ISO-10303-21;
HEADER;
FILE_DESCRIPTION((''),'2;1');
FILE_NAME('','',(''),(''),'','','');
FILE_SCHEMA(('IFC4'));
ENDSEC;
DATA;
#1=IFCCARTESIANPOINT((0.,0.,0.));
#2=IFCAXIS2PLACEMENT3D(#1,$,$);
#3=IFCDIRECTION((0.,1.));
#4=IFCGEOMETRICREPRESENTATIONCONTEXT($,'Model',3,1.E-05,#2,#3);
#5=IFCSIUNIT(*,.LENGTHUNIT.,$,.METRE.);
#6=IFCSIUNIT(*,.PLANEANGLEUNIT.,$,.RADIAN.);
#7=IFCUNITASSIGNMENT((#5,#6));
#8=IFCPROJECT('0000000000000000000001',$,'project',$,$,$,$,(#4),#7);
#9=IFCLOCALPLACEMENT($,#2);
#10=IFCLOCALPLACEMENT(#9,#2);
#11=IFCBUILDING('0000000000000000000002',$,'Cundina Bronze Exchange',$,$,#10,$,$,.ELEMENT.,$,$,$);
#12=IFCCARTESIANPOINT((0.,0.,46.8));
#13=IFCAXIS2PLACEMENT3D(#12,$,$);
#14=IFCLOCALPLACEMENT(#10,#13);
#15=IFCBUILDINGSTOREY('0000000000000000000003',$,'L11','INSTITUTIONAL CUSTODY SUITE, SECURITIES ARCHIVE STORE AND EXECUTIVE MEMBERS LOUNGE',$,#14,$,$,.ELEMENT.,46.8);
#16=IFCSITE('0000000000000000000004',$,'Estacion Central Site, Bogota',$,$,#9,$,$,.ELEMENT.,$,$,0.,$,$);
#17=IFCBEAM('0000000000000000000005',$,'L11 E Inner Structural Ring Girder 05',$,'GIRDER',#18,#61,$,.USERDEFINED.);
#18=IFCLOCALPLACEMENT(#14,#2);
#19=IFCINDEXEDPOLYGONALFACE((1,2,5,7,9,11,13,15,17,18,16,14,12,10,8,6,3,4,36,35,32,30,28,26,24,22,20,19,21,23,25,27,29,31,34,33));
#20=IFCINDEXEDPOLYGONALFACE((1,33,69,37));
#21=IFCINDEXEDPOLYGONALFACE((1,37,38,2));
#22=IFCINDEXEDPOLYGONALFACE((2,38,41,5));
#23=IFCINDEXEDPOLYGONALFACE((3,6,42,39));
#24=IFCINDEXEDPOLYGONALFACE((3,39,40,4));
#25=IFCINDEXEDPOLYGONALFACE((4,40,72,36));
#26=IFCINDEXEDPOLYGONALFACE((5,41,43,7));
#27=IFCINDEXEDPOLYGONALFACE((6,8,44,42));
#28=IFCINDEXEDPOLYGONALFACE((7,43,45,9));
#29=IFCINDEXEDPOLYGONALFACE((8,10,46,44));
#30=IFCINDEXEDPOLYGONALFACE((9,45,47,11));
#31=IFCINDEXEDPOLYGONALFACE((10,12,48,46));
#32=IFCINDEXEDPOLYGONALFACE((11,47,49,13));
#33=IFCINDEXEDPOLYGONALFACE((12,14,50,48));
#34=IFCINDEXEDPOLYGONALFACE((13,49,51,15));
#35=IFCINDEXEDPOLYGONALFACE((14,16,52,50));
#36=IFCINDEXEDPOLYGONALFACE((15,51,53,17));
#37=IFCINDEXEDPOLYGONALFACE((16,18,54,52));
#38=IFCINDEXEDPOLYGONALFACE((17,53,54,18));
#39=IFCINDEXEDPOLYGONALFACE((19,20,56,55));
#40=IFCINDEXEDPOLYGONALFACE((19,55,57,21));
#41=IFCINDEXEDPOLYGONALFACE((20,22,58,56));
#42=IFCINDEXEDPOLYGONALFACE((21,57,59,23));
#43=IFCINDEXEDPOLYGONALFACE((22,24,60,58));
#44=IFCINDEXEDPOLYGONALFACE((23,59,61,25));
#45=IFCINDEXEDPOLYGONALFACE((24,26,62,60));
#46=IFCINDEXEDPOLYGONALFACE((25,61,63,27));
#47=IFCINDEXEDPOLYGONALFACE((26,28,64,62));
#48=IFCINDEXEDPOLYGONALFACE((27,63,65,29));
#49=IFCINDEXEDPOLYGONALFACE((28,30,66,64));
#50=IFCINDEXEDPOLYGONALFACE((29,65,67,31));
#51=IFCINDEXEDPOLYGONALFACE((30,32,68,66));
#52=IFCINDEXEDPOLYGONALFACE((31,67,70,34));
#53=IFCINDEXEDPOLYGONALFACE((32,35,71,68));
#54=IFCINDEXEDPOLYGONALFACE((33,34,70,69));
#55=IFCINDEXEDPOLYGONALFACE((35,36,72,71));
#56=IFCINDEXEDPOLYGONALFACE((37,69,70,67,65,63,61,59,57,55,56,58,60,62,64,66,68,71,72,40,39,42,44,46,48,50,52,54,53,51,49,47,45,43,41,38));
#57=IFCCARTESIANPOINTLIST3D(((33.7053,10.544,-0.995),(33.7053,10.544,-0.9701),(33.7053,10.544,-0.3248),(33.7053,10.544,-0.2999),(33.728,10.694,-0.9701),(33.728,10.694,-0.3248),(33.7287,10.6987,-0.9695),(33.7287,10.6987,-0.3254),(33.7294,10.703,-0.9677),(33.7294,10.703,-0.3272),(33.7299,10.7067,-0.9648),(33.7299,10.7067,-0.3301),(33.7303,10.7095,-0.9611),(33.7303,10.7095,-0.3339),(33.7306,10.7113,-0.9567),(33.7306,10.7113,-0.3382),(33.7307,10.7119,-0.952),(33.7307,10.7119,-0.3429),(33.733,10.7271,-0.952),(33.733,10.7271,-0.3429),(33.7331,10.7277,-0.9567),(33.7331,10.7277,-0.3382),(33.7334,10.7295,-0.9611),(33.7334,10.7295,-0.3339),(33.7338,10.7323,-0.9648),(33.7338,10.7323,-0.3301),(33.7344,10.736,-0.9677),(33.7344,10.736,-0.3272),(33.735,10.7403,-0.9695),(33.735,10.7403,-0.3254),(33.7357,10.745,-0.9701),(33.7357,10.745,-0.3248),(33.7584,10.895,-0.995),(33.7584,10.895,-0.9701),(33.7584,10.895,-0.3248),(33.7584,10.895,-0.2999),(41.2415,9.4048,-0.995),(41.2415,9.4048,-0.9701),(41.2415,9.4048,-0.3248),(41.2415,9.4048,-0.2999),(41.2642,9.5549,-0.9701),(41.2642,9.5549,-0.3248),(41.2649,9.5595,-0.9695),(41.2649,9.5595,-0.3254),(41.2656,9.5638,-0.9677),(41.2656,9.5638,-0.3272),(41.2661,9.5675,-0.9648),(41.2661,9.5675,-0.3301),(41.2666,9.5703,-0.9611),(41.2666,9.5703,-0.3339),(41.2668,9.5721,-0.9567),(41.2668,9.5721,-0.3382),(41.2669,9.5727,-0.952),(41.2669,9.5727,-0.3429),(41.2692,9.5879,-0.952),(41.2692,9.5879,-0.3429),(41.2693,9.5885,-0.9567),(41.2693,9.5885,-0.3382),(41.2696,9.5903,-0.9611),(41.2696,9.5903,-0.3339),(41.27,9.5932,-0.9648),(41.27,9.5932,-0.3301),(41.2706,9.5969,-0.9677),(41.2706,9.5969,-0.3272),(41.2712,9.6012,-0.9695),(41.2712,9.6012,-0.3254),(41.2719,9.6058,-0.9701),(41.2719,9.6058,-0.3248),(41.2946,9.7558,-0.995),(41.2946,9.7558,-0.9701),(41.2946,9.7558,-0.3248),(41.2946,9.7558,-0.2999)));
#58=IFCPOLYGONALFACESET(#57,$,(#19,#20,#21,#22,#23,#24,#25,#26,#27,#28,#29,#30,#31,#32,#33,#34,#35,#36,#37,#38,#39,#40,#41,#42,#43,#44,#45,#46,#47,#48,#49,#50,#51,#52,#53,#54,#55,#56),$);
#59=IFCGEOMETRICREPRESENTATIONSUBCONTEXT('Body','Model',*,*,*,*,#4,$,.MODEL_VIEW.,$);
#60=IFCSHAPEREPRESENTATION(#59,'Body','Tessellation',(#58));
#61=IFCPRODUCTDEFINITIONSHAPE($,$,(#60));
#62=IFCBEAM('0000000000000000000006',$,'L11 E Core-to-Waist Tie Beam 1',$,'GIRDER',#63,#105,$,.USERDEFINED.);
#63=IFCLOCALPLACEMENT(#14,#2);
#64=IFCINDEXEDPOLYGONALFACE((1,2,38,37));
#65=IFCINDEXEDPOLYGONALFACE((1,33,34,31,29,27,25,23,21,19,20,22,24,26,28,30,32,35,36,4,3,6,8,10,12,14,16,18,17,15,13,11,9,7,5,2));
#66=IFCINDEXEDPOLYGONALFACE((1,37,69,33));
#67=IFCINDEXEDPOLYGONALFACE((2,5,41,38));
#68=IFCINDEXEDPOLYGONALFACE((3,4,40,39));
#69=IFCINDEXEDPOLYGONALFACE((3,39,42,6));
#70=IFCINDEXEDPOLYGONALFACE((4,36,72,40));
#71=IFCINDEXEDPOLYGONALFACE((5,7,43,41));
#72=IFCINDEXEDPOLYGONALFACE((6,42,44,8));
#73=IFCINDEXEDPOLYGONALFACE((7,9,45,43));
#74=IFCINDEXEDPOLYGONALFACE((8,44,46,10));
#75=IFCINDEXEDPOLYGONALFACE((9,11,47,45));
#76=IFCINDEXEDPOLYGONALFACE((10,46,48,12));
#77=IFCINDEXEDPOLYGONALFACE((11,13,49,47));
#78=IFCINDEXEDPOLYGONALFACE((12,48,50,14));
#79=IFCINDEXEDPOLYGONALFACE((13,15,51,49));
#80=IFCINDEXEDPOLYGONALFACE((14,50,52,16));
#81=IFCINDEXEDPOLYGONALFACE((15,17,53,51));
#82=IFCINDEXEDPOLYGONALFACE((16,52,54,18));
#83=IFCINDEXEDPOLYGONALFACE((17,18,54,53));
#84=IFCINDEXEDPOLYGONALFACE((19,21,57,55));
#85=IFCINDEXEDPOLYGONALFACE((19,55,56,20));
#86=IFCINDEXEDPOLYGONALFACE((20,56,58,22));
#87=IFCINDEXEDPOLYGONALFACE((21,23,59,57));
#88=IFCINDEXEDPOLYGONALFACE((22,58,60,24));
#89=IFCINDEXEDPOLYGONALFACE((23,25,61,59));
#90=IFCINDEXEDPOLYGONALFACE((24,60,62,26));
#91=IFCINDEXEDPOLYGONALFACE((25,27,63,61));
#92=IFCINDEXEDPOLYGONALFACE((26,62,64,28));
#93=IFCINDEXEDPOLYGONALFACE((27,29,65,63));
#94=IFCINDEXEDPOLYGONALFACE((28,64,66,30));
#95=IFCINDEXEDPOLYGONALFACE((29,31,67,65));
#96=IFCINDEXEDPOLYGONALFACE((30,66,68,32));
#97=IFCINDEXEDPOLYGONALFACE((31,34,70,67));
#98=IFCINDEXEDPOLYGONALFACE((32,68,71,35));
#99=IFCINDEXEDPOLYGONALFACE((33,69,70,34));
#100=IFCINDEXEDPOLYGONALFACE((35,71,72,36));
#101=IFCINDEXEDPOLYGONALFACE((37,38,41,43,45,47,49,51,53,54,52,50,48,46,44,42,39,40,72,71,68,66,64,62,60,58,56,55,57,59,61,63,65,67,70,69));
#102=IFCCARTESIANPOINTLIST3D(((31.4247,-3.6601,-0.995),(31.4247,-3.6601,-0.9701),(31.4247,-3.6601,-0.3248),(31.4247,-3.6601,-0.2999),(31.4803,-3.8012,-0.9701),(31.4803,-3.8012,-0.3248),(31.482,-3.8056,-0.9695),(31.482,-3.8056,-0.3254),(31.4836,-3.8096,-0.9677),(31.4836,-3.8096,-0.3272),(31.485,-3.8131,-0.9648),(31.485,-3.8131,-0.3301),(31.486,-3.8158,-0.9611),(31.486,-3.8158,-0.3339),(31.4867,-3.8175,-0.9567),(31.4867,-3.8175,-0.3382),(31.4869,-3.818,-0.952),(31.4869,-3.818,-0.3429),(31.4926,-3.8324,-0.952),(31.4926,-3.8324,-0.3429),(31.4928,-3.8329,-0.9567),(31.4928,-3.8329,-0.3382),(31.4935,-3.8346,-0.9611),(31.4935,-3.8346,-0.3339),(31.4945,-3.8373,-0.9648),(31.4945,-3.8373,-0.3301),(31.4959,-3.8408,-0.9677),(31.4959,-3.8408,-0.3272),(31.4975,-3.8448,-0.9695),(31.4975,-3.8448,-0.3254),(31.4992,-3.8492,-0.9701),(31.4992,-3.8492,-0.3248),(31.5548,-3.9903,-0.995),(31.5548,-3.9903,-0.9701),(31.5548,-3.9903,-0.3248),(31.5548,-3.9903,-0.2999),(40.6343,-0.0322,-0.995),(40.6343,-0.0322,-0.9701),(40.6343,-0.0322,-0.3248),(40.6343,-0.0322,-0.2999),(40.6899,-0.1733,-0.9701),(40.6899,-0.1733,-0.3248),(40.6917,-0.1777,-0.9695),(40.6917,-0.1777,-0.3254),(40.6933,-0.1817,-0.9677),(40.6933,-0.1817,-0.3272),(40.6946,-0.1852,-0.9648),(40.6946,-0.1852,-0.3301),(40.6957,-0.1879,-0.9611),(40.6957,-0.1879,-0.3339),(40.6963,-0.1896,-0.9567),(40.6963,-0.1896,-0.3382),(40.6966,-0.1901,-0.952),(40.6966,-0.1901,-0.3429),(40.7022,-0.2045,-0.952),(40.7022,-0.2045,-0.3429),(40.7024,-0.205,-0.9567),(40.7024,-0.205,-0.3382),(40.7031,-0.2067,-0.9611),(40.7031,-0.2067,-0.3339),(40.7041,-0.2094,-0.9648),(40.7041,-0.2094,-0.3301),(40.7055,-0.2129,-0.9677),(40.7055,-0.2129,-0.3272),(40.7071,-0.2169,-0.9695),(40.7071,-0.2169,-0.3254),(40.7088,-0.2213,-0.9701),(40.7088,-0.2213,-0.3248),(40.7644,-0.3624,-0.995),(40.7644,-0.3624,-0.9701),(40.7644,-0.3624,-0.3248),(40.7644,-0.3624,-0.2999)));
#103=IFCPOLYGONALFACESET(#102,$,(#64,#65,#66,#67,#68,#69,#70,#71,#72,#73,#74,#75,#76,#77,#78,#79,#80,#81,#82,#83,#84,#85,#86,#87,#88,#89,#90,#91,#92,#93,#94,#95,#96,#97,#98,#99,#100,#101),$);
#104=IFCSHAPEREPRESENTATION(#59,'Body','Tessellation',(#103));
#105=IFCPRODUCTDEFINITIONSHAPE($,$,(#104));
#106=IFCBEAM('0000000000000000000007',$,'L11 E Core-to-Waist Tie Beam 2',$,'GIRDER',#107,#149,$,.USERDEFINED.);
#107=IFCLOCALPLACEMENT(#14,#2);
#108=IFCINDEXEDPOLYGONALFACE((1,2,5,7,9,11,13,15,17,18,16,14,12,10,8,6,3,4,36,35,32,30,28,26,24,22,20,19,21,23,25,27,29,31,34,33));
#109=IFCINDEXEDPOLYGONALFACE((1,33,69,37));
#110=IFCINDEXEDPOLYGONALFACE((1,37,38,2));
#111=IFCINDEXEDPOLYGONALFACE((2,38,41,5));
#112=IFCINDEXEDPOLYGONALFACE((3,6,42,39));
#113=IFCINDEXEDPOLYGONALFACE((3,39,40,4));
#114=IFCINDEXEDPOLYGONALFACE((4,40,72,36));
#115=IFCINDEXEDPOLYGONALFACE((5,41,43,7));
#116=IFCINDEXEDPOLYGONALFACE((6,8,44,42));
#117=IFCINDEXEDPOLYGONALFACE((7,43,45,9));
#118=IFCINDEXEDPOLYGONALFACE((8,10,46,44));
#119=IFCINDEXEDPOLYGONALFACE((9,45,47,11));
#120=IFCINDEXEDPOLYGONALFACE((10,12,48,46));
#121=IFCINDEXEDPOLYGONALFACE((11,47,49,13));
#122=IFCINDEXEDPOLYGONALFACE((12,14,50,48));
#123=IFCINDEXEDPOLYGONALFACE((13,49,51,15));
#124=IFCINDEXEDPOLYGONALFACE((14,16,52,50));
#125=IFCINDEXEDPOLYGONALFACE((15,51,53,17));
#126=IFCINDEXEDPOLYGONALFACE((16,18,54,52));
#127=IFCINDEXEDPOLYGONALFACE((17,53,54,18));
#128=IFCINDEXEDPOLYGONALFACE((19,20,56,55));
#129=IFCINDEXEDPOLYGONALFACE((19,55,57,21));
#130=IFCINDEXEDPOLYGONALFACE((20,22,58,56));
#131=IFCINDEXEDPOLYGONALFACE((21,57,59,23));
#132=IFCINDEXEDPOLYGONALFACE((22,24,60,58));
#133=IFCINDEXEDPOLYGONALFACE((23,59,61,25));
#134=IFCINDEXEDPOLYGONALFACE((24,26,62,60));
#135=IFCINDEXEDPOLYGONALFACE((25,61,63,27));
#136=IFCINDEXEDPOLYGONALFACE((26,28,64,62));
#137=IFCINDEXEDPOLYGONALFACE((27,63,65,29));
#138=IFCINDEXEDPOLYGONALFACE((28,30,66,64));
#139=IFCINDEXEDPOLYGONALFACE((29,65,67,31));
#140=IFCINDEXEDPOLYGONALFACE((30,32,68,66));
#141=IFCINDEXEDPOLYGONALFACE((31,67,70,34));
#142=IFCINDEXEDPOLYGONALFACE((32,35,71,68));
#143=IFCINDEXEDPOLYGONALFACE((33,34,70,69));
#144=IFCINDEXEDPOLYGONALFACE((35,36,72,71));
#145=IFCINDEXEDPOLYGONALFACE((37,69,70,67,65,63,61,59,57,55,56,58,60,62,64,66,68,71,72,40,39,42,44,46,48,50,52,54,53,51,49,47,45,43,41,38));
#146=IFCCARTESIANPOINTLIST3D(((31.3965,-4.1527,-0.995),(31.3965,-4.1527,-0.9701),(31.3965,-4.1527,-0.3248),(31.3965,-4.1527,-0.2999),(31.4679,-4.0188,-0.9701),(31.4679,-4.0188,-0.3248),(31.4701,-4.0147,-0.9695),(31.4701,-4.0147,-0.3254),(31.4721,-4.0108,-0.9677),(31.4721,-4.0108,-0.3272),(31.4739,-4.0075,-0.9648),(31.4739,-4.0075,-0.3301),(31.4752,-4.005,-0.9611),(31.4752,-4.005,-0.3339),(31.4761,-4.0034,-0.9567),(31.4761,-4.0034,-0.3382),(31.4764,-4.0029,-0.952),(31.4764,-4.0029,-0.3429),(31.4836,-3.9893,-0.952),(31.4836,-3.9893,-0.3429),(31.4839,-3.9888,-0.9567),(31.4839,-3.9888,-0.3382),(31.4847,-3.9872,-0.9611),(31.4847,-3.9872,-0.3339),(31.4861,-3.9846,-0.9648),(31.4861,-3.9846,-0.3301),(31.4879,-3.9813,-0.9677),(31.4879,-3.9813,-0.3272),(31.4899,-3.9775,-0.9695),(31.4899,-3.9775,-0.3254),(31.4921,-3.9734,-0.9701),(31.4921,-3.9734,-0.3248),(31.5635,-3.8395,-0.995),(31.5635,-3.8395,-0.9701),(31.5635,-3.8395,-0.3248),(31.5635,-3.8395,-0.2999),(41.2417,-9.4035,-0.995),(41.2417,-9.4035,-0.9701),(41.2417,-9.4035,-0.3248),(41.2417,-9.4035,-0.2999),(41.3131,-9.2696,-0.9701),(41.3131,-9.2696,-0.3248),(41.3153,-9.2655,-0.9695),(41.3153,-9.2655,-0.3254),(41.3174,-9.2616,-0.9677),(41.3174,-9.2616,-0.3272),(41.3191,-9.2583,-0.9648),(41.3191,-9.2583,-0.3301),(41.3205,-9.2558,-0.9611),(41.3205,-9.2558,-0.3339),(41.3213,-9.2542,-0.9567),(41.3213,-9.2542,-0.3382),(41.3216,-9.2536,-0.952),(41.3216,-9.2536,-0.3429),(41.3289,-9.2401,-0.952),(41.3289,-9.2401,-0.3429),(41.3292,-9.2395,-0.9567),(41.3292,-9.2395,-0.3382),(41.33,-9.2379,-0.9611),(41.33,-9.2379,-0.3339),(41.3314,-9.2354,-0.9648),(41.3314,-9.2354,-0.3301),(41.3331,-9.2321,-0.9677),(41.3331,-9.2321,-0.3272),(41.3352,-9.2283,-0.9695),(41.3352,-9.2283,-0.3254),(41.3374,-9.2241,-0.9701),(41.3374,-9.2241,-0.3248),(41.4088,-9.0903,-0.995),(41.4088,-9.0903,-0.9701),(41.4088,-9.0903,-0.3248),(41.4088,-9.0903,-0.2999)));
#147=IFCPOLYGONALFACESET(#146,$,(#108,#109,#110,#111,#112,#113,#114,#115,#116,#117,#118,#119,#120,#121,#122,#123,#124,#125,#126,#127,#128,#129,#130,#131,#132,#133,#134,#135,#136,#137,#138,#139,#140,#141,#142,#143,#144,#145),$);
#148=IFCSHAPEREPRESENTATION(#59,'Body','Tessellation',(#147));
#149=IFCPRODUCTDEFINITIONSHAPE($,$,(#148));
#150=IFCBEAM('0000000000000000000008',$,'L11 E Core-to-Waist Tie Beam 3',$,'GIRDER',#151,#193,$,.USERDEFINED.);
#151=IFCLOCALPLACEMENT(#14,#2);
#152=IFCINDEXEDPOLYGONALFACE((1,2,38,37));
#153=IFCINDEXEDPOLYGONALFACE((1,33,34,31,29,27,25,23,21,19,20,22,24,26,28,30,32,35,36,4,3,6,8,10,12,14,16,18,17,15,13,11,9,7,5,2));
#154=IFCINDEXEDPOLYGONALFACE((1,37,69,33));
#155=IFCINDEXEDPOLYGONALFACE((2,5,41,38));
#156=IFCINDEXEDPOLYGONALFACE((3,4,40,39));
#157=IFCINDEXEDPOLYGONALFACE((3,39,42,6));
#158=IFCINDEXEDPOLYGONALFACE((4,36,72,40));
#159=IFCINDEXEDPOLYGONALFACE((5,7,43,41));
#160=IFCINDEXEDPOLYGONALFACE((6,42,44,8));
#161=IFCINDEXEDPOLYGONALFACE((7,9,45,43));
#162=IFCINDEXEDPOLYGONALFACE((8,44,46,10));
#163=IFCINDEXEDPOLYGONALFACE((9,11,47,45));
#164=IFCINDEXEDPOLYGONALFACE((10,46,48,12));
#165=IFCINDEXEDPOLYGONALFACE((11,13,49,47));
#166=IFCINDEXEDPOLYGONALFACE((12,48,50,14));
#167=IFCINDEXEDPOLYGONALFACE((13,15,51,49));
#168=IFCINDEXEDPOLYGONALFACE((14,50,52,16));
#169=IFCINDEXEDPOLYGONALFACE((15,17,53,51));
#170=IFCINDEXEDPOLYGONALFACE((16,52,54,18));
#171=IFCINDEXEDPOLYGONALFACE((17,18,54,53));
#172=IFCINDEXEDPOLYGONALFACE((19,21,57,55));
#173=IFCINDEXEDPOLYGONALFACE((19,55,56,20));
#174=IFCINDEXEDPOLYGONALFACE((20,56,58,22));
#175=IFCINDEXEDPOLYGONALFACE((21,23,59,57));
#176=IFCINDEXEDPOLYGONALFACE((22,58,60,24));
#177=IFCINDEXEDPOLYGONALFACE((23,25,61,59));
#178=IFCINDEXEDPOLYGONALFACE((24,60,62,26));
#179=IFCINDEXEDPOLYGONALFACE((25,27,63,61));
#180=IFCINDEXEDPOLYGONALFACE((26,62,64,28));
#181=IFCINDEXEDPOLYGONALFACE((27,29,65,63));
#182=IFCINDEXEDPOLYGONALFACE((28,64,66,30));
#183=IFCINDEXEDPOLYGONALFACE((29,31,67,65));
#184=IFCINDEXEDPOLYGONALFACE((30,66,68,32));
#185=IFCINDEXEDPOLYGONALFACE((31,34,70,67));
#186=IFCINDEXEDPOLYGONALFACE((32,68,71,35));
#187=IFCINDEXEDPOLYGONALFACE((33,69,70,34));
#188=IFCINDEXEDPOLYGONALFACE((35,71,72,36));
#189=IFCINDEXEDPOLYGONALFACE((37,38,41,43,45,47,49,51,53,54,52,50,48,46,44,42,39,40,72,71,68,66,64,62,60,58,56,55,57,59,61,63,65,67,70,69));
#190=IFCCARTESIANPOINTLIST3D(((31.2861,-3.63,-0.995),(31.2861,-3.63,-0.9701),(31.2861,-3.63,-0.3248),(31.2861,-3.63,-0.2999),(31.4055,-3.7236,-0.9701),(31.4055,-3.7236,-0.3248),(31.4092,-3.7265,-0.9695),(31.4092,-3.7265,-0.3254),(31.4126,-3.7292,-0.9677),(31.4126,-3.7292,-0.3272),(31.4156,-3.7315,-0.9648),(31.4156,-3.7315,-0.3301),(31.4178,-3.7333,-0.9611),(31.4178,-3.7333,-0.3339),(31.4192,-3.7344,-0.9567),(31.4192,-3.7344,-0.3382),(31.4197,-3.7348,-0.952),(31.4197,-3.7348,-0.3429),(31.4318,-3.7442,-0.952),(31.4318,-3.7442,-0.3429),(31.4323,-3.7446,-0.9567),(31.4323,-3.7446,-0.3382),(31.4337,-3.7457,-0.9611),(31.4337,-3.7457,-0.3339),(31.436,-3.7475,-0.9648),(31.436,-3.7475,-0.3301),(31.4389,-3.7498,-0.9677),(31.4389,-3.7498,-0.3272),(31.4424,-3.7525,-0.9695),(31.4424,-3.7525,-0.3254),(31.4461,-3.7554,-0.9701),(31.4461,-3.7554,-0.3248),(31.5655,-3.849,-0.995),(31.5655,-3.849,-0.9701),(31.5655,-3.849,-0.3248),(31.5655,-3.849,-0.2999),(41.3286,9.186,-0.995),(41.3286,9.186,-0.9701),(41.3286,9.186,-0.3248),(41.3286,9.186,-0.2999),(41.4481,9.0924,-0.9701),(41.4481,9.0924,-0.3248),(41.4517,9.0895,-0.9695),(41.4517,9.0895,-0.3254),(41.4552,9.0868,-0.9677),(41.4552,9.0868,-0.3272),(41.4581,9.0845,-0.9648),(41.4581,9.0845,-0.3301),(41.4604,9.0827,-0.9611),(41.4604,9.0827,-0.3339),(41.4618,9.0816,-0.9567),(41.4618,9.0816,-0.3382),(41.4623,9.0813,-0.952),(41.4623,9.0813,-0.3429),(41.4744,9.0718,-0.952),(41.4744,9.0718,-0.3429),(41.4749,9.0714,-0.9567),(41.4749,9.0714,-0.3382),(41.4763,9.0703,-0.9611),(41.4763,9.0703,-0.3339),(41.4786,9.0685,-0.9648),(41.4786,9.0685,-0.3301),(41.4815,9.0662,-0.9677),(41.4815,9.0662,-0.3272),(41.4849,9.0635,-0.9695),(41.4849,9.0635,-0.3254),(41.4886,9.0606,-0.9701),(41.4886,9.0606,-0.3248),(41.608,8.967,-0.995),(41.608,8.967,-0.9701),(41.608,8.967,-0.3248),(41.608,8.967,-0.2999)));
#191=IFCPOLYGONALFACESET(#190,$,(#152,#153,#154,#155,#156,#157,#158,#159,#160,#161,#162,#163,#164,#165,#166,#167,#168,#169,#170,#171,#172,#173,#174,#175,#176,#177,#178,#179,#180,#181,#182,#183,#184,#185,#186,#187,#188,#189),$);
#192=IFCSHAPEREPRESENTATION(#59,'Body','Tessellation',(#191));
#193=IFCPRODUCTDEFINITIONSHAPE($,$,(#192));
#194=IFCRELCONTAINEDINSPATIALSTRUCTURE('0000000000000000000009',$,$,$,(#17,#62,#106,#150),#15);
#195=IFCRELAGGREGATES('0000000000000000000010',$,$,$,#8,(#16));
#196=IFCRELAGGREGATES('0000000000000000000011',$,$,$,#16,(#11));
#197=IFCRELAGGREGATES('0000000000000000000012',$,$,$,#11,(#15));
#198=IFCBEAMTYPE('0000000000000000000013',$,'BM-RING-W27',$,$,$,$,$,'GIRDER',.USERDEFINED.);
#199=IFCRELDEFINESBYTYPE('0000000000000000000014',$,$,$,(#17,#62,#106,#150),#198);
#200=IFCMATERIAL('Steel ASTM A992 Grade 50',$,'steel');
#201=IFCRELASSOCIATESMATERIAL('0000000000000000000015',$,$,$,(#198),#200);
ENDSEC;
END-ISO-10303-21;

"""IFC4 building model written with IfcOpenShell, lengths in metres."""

from ifc_helpers import new_model, si_unit, direction, frame, origin, origin_2d, place, context, subcontext, project, spatial, i_section, extrude, material, material_profile, profile_set, type_object, element, save


model = new_model("IFC4")

# Units and contexts
model_context = context("Model", 3, precision=1e-05, world=origin(), true_north=direction((0.0, 1.0)))
body_context = subcontext(model_context, "Body", "Model", "MODEL_VIEW")
ifc_project = project(units=[si_unit("LENGTHUNIT", "METRE"), si_unit("PLANEANGLEUNIT", "RADIAN")], contexts=[model_context])

# Site, building, storey
site_placement = place(None, origin())
site = spatial("IfcSite", under=ifc_project, at=site_placement, Name="Estacion Central Site, Bogota", CompositionType="ELEMENT", RefElevation=0.0)
building_placement = place(site_placement, origin())
building = spatial("IfcBuilding", under=site, at=building_placement, Name="Cundina Bronze Exchange", CompositionType="ELEMENT")
storey_placement = place(building_placement, frame((0.0, 0.0, 46.8)))
storey = spatial("IfcBuildingStorey", under=building, at=storey_placement, Name="L11", Description="INSTITUTIONAL CUSTODY SUITE, SECURITIES ARCHIVE STORE AND EXECUTIVE MEMBERS LOUNGE", CompositionType="ELEMENT", Elevation=46.8)

# Shared definitions
ifc_material_1 = material(Name="Steel ASTM A992 Grade 50", Category="steel")

# Beams
ifc_material_profile_1 = material_profile(ifc_material_1, i_section(OverallWidth=0.355, OverallDepth=0.6951, WebThickness=0.0154, FlangeThickness=0.0249, FilletRadius=0.0181, at=origin_2d()), Name="W27X146", Category="steel")
ifc_profile_set_1 = profile_set([ifc_material_profile_1], Name="Steel ASTM A992 Grade 50")
beam_type_1 = type_object("IfcBeamType", Name="BM-RING-W27", ElementType="GIRDER", PredefinedType="USERDEFINED", material=ifc_profile_set_1)
beam_1_placement = place(storey_placement, frame((41.2681, 9.5803, -0.6475), z_axis=(-0.988767, 0.149462, 0.0), x_axis=(-0.149462, -0.988767, 0.0)))
element("IfcBeam", 1, at=beam_1_placement, inside=storey, type_object=beam_type_1, Name="L11 E Inner Structural Ring Girder 05", ObjectType="GIRDER", PredefinedType="USERDEFINED", context=body_context, shape_type="SweptSolid", body=[
    extrude(i_section(OverallWidth=0.355, OverallDepth=0.6951, WebThickness=0.0154, FlangeThickness=0.0249, FilletRadius=0.0181, at=origin_2d()), origin(), (0.0, 0.0, 1.0), 7.6218),
])
beam_2_placement = place(storey_placement, frame((31.4897, -3.8252, -0.6475), z_axis=(0.930413, 0.366512, 0.0), x_axis=(-0.366512, 0.930413, 0.0)))
element("IfcBeam", 2, at=beam_2_placement, inside=storey, type_object=beam_type_1, Name="L11 E Core-to-Waist Tie Beam 1", ObjectType="GIRDER", PredefinedType="USERDEFINED", context=body_context, shape_type="SweptSolid", body=[
    extrude(i_section(OverallWidth=0.355, OverallDepth=0.6951, WebThickness=0.0154, FlangeThickness=0.0249, FilletRadius=0.0181, at=origin_2d()), origin(), (0.0, 0.0, 1.0), 9.8984),
])
beam_3_placement = place(storey_placement, frame((31.48, -3.9961, -0.6475), z_axis=(0.882355, -0.470585, 0.0), x_axis=(0.470585, 0.882355, 0.0)))
element("IfcBeam", 3, at=beam_3_placement, inside=storey, type_object=beam_type_1, Name="L11 E Core-to-Waist Tie Beam 2", ObjectType="GIRDER", PredefinedType="USERDEFINED", context=body_context, shape_type="SweptSolid", body=[
    extrude(i_section(OverallWidth=0.355, OverallDepth=0.6951, WebThickness=0.0154, FlangeThickness=0.0249, FilletRadius=0.0181, at=origin_2d()), origin(), (0.0, 0.0, 1.0), 11.158),
])
beam_4_placement = place(storey_placement, frame((31.4258, -3.7395, -0.6475), z_axis=(0.616789, 0.787128, 0.0), x_axis=(-0.787128, 0.616789, 0.0)))
element("IfcBeam", 4, at=beam_4_placement, inside=storey, type_object=beam_type_1, Name="L11 E Core-to-Waist Tie Beam 3", ObjectType="GIRDER", PredefinedType="USERDEFINED", context=body_context, shape_type="SweptSolid", body=[
    extrude(i_section(OverallWidth=0.355, OverallDepth=0.6951, WebThickness=0.0154, FlangeThickness=0.0249, FilletRadius=0.0181, at=origin_2d()), origin(), (0.0, 0.0, 1.0), 16.282),
])

save(model, "model.ifc")
